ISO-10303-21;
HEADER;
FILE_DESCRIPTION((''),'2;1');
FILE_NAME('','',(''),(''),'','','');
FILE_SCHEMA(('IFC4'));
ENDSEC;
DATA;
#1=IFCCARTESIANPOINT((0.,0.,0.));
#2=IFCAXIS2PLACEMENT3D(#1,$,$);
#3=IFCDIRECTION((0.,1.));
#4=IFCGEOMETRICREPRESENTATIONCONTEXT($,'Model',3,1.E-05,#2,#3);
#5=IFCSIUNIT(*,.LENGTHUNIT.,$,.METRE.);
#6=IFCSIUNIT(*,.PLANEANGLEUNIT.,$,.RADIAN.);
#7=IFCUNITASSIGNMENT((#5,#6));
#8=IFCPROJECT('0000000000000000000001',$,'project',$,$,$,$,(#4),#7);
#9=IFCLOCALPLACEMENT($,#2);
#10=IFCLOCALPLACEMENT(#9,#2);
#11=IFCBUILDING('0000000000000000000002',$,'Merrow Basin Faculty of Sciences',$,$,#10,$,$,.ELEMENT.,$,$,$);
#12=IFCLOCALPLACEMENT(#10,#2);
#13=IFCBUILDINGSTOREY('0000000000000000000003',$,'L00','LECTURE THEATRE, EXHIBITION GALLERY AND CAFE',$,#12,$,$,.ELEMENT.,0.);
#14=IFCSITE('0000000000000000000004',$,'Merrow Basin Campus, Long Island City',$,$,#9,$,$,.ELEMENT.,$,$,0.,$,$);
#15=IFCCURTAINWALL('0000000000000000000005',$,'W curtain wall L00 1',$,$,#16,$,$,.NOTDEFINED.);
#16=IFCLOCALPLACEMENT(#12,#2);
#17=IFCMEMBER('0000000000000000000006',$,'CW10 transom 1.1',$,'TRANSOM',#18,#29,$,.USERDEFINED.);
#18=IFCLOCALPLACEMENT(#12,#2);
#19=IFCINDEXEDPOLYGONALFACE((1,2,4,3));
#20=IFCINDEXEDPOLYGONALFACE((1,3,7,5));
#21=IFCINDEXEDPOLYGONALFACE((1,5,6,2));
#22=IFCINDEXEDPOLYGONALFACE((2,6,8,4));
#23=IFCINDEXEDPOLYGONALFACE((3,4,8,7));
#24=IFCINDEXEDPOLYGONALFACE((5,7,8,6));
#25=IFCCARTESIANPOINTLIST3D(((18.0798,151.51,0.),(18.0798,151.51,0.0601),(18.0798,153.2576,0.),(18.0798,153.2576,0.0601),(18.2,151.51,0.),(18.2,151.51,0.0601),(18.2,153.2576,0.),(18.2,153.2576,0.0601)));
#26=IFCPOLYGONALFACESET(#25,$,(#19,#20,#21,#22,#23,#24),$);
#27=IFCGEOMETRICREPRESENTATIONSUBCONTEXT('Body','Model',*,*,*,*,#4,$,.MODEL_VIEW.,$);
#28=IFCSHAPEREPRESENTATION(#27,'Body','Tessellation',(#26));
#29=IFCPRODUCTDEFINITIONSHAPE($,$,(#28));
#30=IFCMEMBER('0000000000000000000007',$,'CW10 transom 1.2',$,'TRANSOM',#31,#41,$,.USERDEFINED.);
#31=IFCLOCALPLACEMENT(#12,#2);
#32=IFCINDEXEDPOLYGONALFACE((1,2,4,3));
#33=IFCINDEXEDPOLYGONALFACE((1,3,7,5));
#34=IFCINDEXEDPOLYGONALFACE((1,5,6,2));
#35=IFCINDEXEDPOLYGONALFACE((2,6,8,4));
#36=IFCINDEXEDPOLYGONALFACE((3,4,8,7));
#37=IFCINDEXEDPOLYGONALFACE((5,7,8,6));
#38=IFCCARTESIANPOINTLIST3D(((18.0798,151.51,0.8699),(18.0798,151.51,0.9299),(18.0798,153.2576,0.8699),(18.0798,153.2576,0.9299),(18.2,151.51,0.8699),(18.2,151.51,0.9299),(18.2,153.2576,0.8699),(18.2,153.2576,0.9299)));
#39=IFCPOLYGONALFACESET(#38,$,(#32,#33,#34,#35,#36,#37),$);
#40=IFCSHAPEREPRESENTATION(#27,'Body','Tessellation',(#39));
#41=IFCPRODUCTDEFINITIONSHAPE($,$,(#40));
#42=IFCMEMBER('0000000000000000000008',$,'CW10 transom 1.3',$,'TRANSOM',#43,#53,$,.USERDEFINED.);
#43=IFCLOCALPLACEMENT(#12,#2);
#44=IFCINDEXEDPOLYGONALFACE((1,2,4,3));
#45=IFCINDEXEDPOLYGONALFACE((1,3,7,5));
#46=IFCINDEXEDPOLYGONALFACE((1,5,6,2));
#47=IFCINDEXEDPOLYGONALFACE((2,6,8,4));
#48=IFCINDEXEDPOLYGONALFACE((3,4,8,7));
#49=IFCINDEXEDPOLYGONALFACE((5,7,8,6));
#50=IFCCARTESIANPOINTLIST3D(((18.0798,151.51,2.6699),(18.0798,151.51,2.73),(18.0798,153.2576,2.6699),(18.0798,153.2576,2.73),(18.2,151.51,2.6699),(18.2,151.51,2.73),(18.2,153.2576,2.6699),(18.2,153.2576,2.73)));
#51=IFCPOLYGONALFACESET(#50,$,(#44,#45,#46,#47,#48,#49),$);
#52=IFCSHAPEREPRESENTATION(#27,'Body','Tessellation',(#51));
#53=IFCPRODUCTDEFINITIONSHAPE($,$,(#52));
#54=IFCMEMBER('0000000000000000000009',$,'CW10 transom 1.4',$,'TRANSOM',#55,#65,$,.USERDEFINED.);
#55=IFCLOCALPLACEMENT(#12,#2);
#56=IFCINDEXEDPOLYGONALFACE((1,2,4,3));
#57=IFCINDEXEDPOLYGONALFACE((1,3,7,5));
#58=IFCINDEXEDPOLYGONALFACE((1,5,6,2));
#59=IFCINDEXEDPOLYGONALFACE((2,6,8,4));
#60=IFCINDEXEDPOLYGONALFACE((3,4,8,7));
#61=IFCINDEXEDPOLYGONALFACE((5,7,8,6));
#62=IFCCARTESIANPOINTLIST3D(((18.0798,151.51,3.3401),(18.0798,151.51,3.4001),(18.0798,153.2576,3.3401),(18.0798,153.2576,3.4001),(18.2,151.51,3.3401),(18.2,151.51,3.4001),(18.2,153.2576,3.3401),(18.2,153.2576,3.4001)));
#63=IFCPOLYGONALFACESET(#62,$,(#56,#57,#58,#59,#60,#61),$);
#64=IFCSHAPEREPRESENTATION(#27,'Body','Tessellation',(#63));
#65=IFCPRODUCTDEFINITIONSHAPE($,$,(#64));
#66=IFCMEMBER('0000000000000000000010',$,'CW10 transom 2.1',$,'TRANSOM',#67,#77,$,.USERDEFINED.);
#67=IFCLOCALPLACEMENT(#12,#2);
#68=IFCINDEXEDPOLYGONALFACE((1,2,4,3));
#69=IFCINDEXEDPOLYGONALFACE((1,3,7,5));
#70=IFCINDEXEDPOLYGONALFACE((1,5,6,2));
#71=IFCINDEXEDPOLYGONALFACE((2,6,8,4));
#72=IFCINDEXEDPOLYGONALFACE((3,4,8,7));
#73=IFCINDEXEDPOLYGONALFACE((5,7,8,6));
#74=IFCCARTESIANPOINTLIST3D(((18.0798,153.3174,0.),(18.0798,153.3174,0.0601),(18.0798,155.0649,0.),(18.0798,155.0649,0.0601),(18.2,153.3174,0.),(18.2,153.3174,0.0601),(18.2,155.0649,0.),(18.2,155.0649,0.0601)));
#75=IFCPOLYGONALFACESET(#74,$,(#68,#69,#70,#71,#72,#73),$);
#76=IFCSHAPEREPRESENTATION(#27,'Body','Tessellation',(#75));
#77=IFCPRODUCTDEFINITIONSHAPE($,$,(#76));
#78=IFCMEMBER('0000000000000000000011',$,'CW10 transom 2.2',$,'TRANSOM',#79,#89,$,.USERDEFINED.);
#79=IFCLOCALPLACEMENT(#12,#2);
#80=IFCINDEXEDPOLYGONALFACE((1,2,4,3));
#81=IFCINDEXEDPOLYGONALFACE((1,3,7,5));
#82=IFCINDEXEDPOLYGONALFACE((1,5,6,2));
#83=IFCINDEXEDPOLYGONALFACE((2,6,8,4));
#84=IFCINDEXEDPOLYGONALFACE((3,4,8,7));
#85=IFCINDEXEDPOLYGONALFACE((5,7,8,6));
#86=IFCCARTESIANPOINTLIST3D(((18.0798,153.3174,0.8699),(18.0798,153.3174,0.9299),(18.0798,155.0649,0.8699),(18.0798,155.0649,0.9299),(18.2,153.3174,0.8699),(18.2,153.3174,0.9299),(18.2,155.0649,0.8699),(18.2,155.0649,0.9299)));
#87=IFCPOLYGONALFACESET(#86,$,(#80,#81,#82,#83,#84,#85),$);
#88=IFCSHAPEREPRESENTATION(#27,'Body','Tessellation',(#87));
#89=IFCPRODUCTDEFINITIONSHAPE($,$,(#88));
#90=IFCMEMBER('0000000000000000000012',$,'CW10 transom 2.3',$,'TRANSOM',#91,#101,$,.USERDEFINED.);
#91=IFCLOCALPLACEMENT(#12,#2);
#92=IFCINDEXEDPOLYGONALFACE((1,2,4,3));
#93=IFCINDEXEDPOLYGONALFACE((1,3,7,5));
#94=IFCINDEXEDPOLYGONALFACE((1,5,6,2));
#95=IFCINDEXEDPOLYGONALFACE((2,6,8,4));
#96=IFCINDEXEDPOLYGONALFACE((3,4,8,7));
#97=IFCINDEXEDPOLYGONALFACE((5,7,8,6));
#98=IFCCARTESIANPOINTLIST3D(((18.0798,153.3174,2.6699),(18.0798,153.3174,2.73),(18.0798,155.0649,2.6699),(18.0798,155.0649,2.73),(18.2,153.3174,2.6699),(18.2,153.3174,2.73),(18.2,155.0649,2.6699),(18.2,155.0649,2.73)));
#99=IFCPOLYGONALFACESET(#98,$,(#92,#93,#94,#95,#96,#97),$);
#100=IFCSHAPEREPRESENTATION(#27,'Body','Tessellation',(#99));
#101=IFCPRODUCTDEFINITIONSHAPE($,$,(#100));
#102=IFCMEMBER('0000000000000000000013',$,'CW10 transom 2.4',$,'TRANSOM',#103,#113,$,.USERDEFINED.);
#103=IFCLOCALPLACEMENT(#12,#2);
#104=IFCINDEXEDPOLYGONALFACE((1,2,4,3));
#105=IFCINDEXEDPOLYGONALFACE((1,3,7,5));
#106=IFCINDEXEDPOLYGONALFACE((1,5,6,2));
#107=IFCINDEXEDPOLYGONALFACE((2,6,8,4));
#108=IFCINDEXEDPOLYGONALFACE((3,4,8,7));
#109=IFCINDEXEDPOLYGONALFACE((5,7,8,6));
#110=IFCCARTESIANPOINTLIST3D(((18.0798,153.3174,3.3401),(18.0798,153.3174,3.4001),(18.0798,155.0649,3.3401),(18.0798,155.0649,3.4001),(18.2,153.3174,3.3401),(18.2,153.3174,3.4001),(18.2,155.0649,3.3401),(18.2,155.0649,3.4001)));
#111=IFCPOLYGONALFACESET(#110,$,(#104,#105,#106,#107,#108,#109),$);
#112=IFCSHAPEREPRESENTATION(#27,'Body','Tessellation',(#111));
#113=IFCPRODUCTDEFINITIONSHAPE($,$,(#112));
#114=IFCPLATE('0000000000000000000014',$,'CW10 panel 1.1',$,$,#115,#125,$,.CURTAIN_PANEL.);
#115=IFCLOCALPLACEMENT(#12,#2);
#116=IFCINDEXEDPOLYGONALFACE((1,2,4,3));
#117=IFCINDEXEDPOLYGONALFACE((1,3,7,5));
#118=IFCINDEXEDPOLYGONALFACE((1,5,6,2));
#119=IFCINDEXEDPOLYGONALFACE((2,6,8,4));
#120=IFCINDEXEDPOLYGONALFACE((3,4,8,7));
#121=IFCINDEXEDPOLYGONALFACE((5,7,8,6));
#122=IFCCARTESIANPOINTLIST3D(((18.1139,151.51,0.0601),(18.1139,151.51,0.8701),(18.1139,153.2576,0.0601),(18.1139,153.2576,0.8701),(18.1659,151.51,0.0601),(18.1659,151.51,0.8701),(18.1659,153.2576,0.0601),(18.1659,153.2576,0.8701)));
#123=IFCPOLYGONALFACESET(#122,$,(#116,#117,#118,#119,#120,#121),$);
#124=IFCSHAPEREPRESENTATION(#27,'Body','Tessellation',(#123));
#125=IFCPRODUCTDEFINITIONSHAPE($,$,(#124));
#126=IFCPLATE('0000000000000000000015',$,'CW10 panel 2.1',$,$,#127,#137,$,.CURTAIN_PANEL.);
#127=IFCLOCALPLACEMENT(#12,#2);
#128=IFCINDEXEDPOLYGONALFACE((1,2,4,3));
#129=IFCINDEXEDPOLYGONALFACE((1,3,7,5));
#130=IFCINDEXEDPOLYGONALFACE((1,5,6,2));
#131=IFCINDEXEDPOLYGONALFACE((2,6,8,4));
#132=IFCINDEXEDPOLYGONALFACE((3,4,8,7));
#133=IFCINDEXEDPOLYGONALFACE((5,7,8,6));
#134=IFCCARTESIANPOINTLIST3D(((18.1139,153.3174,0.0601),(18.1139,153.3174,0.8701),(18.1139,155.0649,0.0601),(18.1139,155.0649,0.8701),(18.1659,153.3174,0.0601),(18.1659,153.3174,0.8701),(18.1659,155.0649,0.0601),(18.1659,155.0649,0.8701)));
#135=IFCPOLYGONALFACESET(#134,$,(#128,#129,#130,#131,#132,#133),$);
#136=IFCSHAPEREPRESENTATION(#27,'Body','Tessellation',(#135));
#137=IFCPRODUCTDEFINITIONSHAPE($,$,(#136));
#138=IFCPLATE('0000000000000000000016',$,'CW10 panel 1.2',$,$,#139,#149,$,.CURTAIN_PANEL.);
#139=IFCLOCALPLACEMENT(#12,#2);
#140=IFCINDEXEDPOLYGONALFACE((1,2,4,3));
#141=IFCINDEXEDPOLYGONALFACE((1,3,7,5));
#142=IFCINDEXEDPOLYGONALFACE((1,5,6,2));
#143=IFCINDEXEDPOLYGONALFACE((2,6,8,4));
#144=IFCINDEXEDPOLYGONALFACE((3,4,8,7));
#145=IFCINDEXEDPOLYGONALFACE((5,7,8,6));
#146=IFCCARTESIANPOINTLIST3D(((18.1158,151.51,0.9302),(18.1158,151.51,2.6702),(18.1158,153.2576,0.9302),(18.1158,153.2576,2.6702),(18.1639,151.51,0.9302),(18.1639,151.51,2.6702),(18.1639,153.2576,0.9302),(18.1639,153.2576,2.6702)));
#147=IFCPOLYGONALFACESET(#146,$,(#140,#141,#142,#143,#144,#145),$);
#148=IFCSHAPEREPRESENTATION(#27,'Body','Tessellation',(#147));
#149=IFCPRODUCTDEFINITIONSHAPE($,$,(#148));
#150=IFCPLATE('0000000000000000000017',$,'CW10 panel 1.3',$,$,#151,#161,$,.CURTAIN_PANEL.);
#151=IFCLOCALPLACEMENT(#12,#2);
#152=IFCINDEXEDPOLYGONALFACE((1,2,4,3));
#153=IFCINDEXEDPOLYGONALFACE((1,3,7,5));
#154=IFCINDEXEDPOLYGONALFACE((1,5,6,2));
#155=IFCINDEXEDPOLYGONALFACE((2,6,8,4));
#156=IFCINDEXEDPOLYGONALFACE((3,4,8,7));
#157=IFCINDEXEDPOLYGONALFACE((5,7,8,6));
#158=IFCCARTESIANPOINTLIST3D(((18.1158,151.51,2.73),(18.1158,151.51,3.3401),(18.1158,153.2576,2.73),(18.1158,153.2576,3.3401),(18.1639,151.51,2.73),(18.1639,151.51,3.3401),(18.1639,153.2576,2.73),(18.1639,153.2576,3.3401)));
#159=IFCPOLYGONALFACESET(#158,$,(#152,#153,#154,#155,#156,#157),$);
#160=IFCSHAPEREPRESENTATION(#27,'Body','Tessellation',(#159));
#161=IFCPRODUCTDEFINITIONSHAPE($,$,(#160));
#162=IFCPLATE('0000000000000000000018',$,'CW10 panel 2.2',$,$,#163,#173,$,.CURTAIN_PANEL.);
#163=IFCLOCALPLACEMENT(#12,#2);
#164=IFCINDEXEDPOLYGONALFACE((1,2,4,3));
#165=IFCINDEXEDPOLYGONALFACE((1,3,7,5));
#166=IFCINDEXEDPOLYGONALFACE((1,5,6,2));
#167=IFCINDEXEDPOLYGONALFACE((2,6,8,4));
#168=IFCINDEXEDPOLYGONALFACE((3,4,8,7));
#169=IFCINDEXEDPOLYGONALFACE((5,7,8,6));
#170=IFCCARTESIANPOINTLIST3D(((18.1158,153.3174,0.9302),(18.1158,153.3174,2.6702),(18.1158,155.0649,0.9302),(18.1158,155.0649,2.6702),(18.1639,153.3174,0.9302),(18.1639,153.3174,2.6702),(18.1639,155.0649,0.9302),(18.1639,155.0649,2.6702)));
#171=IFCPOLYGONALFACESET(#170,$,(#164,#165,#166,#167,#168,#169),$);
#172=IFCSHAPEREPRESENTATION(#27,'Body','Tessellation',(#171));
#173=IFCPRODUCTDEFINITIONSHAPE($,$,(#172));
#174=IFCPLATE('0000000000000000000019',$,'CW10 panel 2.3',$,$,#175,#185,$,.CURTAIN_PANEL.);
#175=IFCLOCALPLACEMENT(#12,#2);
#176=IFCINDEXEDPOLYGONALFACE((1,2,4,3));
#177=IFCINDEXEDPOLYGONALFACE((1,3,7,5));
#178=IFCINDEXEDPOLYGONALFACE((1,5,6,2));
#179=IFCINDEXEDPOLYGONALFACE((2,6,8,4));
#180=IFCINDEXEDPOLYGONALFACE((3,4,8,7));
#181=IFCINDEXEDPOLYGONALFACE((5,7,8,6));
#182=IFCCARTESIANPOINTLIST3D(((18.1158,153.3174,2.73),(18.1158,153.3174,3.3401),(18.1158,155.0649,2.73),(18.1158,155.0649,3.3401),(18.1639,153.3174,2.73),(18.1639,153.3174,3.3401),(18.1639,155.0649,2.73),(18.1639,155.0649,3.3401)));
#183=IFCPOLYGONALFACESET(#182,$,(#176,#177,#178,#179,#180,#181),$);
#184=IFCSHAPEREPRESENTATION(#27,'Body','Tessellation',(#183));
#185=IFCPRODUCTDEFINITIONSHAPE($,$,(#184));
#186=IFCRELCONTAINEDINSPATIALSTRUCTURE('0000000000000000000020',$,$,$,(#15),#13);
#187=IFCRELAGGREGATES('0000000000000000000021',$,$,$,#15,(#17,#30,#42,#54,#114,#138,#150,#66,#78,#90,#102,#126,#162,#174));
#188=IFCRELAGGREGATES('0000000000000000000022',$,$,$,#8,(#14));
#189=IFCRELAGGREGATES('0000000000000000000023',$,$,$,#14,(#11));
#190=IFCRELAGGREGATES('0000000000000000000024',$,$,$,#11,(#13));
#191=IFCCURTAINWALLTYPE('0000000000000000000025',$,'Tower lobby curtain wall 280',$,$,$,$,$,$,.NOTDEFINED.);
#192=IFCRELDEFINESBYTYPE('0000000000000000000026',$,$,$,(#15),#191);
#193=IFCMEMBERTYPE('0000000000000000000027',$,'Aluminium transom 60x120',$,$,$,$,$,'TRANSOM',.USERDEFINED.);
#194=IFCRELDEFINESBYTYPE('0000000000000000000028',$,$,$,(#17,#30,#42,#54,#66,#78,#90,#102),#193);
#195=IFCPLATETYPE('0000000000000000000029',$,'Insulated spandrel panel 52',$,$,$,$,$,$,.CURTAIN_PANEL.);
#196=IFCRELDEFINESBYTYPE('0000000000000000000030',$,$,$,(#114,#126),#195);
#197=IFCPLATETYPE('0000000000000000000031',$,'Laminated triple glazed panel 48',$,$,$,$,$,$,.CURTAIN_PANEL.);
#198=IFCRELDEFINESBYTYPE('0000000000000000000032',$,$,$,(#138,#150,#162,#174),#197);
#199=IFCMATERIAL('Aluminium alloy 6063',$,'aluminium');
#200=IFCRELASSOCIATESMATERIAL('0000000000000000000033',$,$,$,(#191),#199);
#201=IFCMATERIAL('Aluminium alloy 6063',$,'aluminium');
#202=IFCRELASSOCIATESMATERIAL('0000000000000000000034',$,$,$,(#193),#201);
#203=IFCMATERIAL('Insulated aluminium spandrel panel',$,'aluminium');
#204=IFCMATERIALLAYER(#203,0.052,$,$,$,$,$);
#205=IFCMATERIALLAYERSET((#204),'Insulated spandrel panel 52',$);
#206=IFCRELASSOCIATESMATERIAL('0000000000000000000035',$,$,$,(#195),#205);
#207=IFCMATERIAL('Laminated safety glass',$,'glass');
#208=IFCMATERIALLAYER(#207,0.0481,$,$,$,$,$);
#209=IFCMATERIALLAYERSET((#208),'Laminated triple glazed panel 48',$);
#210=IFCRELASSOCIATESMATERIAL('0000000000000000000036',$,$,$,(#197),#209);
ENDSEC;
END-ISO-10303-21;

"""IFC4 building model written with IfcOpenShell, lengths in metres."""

from ifc_helpers import new_model, si_unit, direction, frame, origin, origin_2d, place, context, subcontext, project, spatial, rectangle, extrude, material, layer, layer_set, material_profile, profile_set, type_object, element, aggregate, save


model = new_model("IFC4")

# Units and contexts
model_context = context("Model", 3, precision=1e-05, world=origin(), true_north=direction((0.0, 1.0)))
body_context = subcontext(model_context, "Body", "Model", "MODEL_VIEW")
ifc_project = project(units=[si_unit("LENGTHUNIT", "METRE"), si_unit("PLANEANGLEUNIT", "RADIAN")], contexts=[model_context])

# Site, building, storey
site_placement = place(None, origin())
site = spatial("IfcSite", under=ifc_project, at=site_placement, Name="Merrow Basin Campus, Long Island City", CompositionType="ELEMENT", RefElevation=0.0)
building_placement = place(site_placement, origin())
building = spatial("IfcBuilding", under=site, at=building_placement, Name="Merrow Basin Faculty of Sciences", CompositionType="ELEMENT")
storey_placement = place(building_placement, origin())
storey = spatial("IfcBuildingStorey", under=building, at=storey_placement, Name="L00", Description="LECTURE THEATRE, EXHIBITION GALLERY AND CAFE", CompositionType="ELEMENT", Elevation=0.0)

# Curtain wall, members, plates
ifc_material_1 = material(Name="Aluminium alloy 6063", Category="aluminium")
curtain_wall_type = type_object("IfcCurtainWallType", Name="Tower lobby curtain wall 280", PredefinedType="NOTDEFINED", material=ifc_material_1)
curtain_wall_placement = place(storey_placement, origin())
curtain_wall = element("IfcCurtainWall", 1, at=curtain_wall_placement, inside=storey, type_object=curtain_wall_type, Name="W curtain wall L00 1", PredefinedType="NOTDEFINED")
ifc_material_2 = material(Name="Aluminium alloy 6063", Category="aluminium")
ifc_material_profile_1 = material_profile(ifc_material_2, rectangle(XDim=0.1201, YDim=0.0601, at=origin_2d()))
ifc_profile_set_1 = profile_set([ifc_material_profile_1], Name="Aluminium alloy 6063")
member_type_1 = type_object("IfcMemberType", Name="Aluminium transom 60x120", ElementType="TRANSOM", PredefinedType="USERDEFINED", material=ifc_profile_set_1)
member_1_placement = place(storey_placement, frame((18.1399, 151.51, 0.03), z_axis=(0.0, 1.0, 0.0), x_axis=(-1.0, 0.0, 0.0)))
member_1 = element("IfcMember", 2, at=member_1_placement, type_object=member_type_1, Name="CW10 transom 1.1", ObjectType="TRANSOM", PredefinedType="USERDEFINED", context=body_context, shape_type="SweptSolid", body=[
    extrude(rectangle(XDim=0.1201, YDim=0.0601, at=origin_2d()), origin(), (0.0, 0.0, 1.0), 1.7476),
])
member_2_placement = place(storey_placement, frame((18.1399, 151.51, 0.8999), z_axis=(0.0, 1.0, 0.0), x_axis=(-1.0, 0.0, 0.0)))
member_2 = element("IfcMember", 3, at=member_2_placement, type_object=member_type_1, Name="CW10 transom 1.2", ObjectType="TRANSOM", PredefinedType="USERDEFINED", context=body_context, shape_type="SweptSolid", body=[
    extrude(rectangle(XDim=0.1201, YDim=0.0601, at=origin_2d()), origin(), (0.0, 0.0, 1.0), 1.7476),
])
member_3_placement = place(storey_placement, frame((18.1399, 151.51, 2.7), z_axis=(0.0, 1.0, 0.0), x_axis=(-1.0, 0.0, 0.0)))
member_3 = element("IfcMember", 4, at=member_3_placement, type_object=member_type_1, Name="CW10 transom 1.3", ObjectType="TRANSOM", PredefinedType="USERDEFINED", context=body_context, shape_type="SweptSolid", body=[
    extrude(rectangle(XDim=0.1201, YDim=0.0601, at=origin_2d()), origin(), (0.0, 0.0, 1.0), 1.7476),
])
member_4_placement = place(storey_placement, frame((18.1399, 151.51, 3.3701), z_axis=(0.0, 1.0, 0.0), x_axis=(-1.0, 0.0, 0.0)))
member_4 = element("IfcMember", 5, at=member_4_placement, type_object=member_type_1, Name="CW10 transom 1.4", ObjectType="TRANSOM", PredefinedType="USERDEFINED", context=body_context, shape_type="SweptSolid", body=[
    extrude(rectangle(XDim=0.1201, YDim=0.0601, at=origin_2d()), origin(), (0.0, 0.0, 1.0), 1.7476),
])
member_5_placement = place(storey_placement, frame((18.1399, 153.3174, 0.03), z_axis=(0.0, 1.0, 0.0), x_axis=(-1.0, 0.0, 0.0)))
member_5 = element("IfcMember", 6, at=member_5_placement, type_object=member_type_1, Name="CW10 transom 2.1", ObjectType="TRANSOM", PredefinedType="USERDEFINED", context=body_context, shape_type="SweptSolid", body=[
    extrude(rectangle(XDim=0.1201, YDim=0.0601, at=origin_2d()), origin(), (0.0, 0.0, 1.0), 1.7476),
])
member_6_placement = place(storey_placement, frame((18.1399, 153.3174, 0.8999), z_axis=(0.0, 1.0, 0.0), x_axis=(-1.0, 0.0, 0.0)))
member_6 = element("IfcMember", 7, at=member_6_placement, type_object=member_type_1, Name="CW10 transom 2.2", ObjectType="TRANSOM", PredefinedType="USERDEFINED", context=body_context, shape_type="SweptSolid", body=[
    extrude(rectangle(XDim=0.1201, YDim=0.0601, at=origin_2d()), origin(), (0.0, 0.0, 1.0), 1.7476),
])
member_7_placement = place(storey_placement, frame((18.1399, 153.3174, 2.7), z_axis=(0.0, 1.0, 0.0), x_axis=(-1.0, 0.0, 0.0)))
member_7 = element("IfcMember", 8, at=member_7_placement, type_object=member_type_1, Name="CW10 transom 2.3", ObjectType="TRANSOM", PredefinedType="USERDEFINED", context=body_context, shape_type="SweptSolid", body=[
    extrude(rectangle(XDim=0.1201, YDim=0.0601, at=origin_2d()), origin(), (0.0, 0.0, 1.0), 1.7476),
])
member_8_placement = place(storey_placement, frame((18.1399, 153.3174, 3.3701), z_axis=(0.0, 1.0, 0.0), x_axis=(-1.0, 0.0, 0.0)))
member_8 = element("IfcMember", 9, at=member_8_placement, type_object=member_type_1, Name="CW10 transom 2.4", ObjectType="TRANSOM", PredefinedType="USERDEFINED", context=body_context, shape_type="SweptSolid", body=[
    extrude(rectangle(XDim=0.1201, YDim=0.0601, at=origin_2d()), origin(), (0.0, 0.0, 1.0), 1.7476),
])
ifc_material_3 = material(Name="Insulated aluminium spandrel panel", Category="aluminium")
ifc_layer_1 = layer(ifc_material_3, 0.052)
ifc_layer_set_1 = layer_set([ifc_layer_1], Name="Insulated spandrel panel 52")
plate_type_1 = type_object("IfcPlateType", Name="Insulated spandrel panel 52", PredefinedType="CURTAIN_PANEL", material=ifc_layer_set_1)
plate_1_placement = place(storey_placement, frame((18.1399, 152.3838, 0.0601), z_axis=(0.0, 0.0, 1.0), x_axis=(0.0, 1.0, 0.0)))
plate_1 = element("IfcPlate", 10, at=plate_1_placement, type_object=plate_type_1, Name="CW10 panel 1.1", PredefinedType="CURTAIN_PANEL", context=body_context, shape_type="SweptSolid", body=[
    extrude(rectangle(XDim=1.7476, YDim=0.052, at=origin_2d()), origin(), (0.0, 0.0, 1.0), 0.8101),
])
plate_2_placement = place(storey_placement, frame((18.1399, 154.1912, 0.0601), z_axis=(0.0, 0.0, 1.0), x_axis=(0.0, 1.0, 0.0)))
plate_2 = element("IfcPlate", 11, at=plate_2_placement, type_object=plate_type_1, Name="CW10 panel 2.1", PredefinedType="CURTAIN_PANEL", context=body_context, shape_type="SweptSolid", body=[
    extrude(rectangle(XDim=1.7476, YDim=0.052, at=origin_2d()), origin(), (0.0, 0.0, 1.0), 0.8101),
])
ifc_material_4 = material(Name="Laminated safety glass", Category="glass")
ifc_layer_2 = layer(ifc_material_4, 0.0481)
ifc_layer_set_2 = layer_set([ifc_layer_2], Name="Laminated triple glazed panel 48")
plate_type_2 = type_object("IfcPlateType", Name="Laminated triple glazed panel 48", PredefinedType="CURTAIN_PANEL", material=ifc_layer_set_2)
plate_3_placement = place(storey_placement, frame((18.1399, 152.3838, 0.9302), z_axis=(0.0, 0.0, 1.0), x_axis=(0.0, 1.0, 0.0)))
plate_3 = element("IfcPlate", 12, at=plate_3_placement, type_object=plate_type_2, Name="CW10 panel 1.2", PredefinedType="CURTAIN_PANEL", context=body_context, shape_type="SweptSolid", body=[
    extrude(rectangle(XDim=1.7476, YDim=0.0481, at=origin_2d()), origin(), (0.0, 0.0, 1.0), 1.74),
])
plate_4_placement = place(storey_placement, frame((18.1399, 152.3838, 2.73), z_axis=(0.0, 0.0, 1.0), x_axis=(0.0, 1.0, 0.0)))
plate_4 = element("IfcPlate", 13, at=plate_4_placement, type_object=plate_type_2, Name="CW10 panel 1.3", PredefinedType="CURTAIN_PANEL", context=body_context, shape_type="SweptSolid", body=[
    extrude(rectangle(XDim=1.7476, YDim=0.0481, at=origin_2d()), origin(), (0.0, 0.0, 1.0), 0.6101),
])
plate_5_placement = place(storey_placement, frame((18.1399, 154.1912, 0.9302), z_axis=(0.0, 0.0, 1.0), x_axis=(0.0, 1.0, 0.0)))
plate_5 = element("IfcPlate", 14, at=plate_5_placement, type_object=plate_type_2, Name="CW10 panel 2.2", PredefinedType="CURTAIN_PANEL", context=body_context, shape_type="SweptSolid", body=[
    extrude(rectangle(XDim=1.7476, YDim=0.0481, at=origin_2d()), origin(), (0.0, 0.0, 1.0), 1.74),
])
plate_6_placement = place(storey_placement, frame((18.1399, 154.1912, 2.73), z_axis=(0.0, 0.0, 1.0), x_axis=(0.0, 1.0, 0.0)))
plate_6 = element("IfcPlate", 15, at=plate_6_placement, type_object=plate_type_2, Name="CW10 panel 2.3", PredefinedType="CURTAIN_PANEL", context=body_context, shape_type="SweptSolid", body=[
    extrude(rectangle(XDim=1.7476, YDim=0.0481, at=origin_2d()), origin(), (0.0, 0.0, 1.0), 0.6101),
])
aggregate(curtain_wall, [member_1, member_2, member_3, member_4, plate_1, plate_3, plate_4, member_5, member_6, member_7, member_8, plate_2, plate_5, plate_6])

save(model, "model.ifc")
